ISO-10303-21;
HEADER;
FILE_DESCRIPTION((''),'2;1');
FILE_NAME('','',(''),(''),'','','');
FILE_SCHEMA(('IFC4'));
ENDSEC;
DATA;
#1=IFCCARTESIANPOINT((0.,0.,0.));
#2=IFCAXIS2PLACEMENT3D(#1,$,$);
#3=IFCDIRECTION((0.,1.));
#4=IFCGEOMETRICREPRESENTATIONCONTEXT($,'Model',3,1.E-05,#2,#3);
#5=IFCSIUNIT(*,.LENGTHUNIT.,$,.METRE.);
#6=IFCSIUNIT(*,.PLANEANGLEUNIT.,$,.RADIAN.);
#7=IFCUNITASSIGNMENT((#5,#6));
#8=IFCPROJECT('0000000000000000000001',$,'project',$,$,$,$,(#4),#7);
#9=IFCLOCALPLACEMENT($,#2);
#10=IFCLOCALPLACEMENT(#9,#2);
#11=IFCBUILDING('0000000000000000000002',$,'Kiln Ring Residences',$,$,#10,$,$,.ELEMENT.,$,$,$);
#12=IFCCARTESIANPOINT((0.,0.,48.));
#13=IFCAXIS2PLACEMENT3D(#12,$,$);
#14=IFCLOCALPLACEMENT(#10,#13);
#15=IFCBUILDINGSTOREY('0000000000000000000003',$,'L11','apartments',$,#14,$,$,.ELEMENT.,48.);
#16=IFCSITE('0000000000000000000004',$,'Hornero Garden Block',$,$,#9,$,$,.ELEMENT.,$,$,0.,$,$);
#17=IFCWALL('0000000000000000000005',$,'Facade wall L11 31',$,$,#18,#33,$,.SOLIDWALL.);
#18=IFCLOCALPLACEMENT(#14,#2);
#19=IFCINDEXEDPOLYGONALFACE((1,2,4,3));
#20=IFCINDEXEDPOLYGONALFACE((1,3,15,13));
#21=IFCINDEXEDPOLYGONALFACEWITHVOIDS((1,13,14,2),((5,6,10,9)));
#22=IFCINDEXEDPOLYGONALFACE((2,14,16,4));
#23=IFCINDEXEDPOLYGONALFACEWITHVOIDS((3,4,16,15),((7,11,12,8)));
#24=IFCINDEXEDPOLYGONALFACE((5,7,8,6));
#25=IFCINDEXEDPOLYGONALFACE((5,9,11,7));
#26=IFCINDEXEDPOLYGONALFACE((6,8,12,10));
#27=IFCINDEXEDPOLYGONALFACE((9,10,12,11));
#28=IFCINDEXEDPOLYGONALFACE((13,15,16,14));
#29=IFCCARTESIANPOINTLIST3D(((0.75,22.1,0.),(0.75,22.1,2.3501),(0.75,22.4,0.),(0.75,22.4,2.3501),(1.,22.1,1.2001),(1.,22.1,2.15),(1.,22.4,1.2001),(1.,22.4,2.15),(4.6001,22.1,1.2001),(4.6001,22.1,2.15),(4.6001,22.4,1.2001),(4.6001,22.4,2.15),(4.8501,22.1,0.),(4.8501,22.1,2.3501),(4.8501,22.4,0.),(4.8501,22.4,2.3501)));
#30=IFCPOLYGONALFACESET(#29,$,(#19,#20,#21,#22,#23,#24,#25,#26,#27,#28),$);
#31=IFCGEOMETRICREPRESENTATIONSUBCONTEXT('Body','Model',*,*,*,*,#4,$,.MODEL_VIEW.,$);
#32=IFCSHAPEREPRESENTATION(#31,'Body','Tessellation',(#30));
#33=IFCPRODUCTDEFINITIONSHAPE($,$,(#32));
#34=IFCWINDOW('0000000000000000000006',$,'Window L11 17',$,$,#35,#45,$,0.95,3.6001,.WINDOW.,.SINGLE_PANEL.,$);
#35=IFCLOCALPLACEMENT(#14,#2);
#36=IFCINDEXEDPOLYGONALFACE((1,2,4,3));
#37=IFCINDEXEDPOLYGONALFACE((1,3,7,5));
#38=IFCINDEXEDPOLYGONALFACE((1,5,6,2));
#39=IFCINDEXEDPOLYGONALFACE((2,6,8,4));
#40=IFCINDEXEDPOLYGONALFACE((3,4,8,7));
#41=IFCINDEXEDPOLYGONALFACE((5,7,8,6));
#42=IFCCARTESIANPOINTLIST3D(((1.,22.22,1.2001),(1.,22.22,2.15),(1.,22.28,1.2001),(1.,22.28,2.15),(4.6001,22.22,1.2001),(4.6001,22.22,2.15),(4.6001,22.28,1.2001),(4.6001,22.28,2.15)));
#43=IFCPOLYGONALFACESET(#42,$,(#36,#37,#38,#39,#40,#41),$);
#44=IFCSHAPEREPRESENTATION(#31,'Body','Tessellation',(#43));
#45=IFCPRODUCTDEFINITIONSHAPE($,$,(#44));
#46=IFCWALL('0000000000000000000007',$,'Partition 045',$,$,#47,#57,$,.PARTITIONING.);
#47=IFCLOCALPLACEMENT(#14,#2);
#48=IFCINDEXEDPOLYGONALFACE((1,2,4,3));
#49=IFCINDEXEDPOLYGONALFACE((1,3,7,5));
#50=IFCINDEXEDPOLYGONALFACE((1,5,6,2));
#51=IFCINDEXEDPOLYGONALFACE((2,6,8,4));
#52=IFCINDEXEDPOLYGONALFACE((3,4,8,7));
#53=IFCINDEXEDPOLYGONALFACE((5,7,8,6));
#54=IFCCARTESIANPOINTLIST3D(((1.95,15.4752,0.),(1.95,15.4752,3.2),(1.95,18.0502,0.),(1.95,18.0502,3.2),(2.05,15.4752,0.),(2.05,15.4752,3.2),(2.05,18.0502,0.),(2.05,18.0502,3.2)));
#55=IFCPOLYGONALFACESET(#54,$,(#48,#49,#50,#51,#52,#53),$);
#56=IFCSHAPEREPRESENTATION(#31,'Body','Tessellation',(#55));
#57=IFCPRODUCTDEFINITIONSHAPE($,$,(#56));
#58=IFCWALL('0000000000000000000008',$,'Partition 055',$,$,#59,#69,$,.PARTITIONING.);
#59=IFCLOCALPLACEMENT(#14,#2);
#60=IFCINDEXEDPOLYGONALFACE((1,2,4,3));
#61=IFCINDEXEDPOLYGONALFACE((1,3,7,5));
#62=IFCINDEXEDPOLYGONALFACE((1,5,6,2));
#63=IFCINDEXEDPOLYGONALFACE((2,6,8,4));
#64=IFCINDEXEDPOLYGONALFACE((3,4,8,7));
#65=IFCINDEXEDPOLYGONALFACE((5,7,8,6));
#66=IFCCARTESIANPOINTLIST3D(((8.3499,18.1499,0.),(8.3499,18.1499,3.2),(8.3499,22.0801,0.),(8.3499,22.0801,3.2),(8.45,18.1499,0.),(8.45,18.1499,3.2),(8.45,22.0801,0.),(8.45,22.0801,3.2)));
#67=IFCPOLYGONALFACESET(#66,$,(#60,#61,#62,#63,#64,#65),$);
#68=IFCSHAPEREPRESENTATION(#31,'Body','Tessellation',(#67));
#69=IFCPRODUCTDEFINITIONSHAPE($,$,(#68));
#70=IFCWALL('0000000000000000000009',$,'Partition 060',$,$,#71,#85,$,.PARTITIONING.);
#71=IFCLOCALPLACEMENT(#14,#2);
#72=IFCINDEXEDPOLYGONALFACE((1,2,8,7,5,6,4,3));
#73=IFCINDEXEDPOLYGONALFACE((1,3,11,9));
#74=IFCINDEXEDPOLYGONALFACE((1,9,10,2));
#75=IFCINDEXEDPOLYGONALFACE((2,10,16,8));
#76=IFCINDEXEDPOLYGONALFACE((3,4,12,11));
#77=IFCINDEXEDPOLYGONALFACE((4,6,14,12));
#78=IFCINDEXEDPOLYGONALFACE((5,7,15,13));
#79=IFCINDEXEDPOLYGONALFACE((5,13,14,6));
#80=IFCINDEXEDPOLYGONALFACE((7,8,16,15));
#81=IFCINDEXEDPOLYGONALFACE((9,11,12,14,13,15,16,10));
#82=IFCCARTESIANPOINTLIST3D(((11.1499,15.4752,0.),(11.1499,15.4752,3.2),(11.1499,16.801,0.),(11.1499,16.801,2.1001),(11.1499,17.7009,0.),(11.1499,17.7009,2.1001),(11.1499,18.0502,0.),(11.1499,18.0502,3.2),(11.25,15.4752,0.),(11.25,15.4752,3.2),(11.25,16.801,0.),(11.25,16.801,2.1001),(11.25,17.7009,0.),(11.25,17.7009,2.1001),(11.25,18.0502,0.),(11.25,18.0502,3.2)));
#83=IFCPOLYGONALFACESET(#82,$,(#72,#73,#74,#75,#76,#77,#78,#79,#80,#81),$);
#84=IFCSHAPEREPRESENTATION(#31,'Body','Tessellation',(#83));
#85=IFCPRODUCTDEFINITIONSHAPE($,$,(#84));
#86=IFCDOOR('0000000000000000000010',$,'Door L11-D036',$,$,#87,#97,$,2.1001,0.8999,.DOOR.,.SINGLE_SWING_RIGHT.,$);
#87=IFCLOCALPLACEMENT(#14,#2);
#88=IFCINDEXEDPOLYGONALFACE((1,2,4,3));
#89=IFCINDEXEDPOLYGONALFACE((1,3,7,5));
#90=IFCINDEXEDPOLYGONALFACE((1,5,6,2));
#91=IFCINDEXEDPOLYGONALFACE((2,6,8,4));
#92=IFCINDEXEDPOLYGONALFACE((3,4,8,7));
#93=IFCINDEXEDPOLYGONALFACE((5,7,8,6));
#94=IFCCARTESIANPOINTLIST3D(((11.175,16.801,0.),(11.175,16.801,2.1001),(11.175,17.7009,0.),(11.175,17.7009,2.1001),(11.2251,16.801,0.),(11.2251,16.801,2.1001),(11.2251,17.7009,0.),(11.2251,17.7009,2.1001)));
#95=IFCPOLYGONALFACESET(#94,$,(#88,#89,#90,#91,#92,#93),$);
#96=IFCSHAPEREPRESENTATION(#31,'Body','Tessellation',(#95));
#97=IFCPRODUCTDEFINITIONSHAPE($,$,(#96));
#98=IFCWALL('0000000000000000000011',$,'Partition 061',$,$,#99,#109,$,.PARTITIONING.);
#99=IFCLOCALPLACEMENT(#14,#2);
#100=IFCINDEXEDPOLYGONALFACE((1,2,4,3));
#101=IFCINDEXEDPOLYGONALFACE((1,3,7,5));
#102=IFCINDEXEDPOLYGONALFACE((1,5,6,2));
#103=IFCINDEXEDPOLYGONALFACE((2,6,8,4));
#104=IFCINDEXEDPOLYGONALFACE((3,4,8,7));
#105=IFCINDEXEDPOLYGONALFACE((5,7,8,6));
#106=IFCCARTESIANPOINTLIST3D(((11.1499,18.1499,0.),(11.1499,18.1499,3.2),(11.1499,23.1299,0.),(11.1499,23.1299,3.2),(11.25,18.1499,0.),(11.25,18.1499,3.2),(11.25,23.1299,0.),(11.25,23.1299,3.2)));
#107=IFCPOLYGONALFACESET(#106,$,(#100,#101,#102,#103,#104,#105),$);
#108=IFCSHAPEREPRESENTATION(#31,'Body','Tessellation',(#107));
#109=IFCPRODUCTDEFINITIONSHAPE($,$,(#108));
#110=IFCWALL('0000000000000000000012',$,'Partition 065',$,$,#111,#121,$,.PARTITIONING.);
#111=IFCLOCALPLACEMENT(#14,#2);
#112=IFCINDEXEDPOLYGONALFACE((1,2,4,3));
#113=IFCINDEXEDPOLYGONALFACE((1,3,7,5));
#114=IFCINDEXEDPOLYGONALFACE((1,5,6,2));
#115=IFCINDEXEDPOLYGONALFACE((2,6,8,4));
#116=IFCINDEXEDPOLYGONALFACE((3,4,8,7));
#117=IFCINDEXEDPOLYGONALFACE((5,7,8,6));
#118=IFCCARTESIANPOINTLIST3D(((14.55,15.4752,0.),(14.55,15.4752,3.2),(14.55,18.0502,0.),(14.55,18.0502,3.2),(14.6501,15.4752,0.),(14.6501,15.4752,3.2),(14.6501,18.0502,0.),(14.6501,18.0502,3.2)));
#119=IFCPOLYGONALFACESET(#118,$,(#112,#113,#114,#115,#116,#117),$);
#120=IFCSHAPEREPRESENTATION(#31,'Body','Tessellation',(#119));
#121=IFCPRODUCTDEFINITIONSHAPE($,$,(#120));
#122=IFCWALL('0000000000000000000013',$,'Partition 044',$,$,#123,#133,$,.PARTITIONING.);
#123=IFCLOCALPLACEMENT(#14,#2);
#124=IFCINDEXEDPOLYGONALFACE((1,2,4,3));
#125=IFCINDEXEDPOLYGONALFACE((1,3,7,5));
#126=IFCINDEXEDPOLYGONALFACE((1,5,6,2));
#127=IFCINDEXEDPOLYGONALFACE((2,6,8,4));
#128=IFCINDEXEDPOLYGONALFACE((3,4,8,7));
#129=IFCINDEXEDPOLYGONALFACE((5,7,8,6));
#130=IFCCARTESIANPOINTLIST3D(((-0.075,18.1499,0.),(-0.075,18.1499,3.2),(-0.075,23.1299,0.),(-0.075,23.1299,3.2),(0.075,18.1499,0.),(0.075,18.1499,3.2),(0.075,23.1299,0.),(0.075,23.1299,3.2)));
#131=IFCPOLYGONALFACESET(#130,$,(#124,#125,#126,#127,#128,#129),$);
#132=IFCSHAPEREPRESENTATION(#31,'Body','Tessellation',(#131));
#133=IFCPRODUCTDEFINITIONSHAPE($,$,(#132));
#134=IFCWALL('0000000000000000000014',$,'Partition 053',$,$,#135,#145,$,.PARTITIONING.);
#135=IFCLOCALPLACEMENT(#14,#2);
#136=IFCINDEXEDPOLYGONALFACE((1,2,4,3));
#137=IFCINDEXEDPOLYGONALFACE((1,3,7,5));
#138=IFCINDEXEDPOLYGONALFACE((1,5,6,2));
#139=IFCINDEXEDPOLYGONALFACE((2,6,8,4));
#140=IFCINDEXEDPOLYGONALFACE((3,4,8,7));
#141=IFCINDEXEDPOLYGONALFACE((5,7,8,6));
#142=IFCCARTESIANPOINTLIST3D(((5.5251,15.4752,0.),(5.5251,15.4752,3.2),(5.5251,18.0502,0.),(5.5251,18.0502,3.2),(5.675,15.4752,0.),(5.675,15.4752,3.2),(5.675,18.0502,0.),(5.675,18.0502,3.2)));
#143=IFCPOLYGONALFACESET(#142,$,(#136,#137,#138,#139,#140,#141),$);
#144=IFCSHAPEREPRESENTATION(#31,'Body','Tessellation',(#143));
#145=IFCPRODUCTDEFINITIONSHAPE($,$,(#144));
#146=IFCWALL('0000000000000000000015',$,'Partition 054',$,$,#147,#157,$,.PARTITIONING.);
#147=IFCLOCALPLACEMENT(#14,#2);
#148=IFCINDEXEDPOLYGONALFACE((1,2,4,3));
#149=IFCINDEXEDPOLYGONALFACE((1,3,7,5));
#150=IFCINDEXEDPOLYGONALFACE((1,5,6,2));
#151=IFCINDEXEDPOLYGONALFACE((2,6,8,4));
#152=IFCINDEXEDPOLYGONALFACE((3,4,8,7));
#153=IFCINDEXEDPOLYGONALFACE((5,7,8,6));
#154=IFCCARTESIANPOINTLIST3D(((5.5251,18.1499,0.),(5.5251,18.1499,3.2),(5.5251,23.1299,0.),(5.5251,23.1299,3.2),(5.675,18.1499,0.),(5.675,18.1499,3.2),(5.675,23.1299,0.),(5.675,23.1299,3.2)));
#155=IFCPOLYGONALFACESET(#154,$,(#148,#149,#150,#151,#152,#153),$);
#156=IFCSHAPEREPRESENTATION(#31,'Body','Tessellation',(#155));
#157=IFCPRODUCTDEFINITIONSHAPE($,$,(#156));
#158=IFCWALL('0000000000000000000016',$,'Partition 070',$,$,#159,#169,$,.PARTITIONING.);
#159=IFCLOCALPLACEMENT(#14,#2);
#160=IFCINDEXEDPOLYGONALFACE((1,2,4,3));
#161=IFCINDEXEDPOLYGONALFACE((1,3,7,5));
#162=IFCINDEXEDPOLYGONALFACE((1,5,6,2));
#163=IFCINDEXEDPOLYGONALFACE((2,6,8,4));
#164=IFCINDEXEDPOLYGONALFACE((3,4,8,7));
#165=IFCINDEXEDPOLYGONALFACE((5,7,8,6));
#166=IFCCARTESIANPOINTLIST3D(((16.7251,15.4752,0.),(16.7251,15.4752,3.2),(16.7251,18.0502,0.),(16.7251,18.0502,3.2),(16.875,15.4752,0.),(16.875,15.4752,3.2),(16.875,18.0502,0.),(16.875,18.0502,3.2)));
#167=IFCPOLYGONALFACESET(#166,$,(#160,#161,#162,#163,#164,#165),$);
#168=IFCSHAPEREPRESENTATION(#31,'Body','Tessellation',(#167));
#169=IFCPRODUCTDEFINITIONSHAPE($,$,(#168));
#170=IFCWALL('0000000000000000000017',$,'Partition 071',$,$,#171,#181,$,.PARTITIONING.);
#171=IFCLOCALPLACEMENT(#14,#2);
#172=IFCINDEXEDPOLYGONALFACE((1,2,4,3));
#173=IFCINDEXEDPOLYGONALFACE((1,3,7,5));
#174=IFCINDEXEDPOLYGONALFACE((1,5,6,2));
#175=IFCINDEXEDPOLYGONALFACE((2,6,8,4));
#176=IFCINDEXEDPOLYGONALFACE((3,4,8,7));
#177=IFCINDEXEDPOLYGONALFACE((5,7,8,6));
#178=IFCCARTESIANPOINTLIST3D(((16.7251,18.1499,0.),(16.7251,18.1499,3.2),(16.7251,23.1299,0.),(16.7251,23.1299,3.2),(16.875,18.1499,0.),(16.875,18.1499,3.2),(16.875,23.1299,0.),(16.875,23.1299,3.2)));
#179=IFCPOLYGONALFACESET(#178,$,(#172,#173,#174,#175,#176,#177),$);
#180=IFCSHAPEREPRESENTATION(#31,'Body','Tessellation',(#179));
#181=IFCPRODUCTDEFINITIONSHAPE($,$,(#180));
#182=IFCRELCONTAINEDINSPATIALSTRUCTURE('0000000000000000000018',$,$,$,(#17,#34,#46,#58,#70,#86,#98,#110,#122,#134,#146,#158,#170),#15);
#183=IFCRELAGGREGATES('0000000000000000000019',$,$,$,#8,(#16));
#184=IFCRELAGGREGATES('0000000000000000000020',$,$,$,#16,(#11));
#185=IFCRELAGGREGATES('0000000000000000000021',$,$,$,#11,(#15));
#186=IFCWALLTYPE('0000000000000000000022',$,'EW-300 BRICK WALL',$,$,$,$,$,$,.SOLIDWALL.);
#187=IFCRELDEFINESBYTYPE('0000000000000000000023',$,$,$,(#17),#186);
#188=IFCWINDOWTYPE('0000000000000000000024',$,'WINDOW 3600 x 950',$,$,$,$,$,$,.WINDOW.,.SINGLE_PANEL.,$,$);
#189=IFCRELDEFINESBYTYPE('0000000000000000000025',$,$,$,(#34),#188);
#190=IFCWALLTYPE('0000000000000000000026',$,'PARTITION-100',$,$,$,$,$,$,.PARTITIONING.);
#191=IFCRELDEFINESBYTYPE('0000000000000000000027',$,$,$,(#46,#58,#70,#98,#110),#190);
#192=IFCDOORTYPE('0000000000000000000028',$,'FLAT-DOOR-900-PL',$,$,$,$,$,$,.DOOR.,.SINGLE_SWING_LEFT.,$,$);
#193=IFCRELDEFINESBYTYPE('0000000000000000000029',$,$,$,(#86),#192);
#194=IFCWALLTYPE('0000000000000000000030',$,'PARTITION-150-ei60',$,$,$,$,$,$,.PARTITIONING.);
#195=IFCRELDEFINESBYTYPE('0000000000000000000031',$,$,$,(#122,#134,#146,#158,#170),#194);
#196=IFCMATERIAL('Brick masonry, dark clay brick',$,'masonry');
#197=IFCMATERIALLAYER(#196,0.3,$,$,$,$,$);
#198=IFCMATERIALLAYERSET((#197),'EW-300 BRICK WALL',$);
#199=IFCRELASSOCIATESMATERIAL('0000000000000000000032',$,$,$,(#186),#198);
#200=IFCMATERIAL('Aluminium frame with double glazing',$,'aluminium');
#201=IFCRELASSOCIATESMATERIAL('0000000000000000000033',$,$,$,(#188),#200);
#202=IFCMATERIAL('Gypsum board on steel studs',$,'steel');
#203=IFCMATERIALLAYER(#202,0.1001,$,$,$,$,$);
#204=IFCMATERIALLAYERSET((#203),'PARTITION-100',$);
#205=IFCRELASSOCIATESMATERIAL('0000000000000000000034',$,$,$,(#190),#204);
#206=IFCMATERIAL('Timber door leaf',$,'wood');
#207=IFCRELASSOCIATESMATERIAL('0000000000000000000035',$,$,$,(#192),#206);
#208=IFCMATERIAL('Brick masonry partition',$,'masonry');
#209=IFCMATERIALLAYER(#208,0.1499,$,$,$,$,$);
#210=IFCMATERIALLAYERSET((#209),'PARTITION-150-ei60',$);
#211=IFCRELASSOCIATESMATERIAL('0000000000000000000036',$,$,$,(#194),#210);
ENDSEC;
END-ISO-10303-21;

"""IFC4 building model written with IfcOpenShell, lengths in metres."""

from ifc_helpers import new_model, si_unit, direction, frame, frame_2d, origin, place, context, subcontext, project, spatial, rectangle, extrude, material, layer, layer_set, type_object, element, fill, save


model = new_model("IFC4")

# Units and contexts
model_context = context("Model", 3, precision=1e-05, world=origin(), true_north=direction((0.0, 1.0)))
body_context = subcontext(model_context, "Body", "Model", "MODEL_VIEW")
ifc_project = project(units=[si_unit("LENGTHUNIT", "METRE"), si_unit("PLANEANGLEUNIT", "RADIAN")], contexts=[model_context])

# Site, building, storey
site_placement = place(None, origin())
site = spatial("IfcSite", under=ifc_project, at=site_placement, Name="Hornero Garden Block", CompositionType="ELEMENT", RefElevation=0.0)
building_placement = place(site_placement, origin())
building = spatial("IfcBuilding", under=site, at=building_placement, Name="Kiln Ring Residences", CompositionType="ELEMENT")
storey_placement = place(building_placement, frame((0.0, 0.0, 48.0)))
storey = spatial("IfcBuildingStorey", under=building, at=storey_placement, Name="L11", Description="apartments", CompositionType="ELEMENT", Elevation=48.0)

# Shared definitions
ifc_material_1 = material(Name="Brick masonry, dark clay brick", Category="masonry")
ifc_layer_1 = layer(ifc_material_1, 0.3)
ifc_layer_set_1 = layer_set([ifc_layer_1], Name="EW-300 BRICK WALL")
wall_type_1 = type_object("IfcWallType", Name="EW-300 BRICK WALL", PredefinedType="SOLIDWALL", material=ifc_layer_set_1)
ifc_material_2 = material(Name="Aluminium frame with double glazing", Category="aluminium")
window_type_1 = type_object("IfcWindowType", Name="WINDOW 3600 x 950", PartitioningType="SINGLE_PANEL", PredefinedType="WINDOW", material=ifc_material_2)

# Wall, opening, window
wall_1_placement = place(storey_placement, frame((4.8501, 22.25, 0.0), z_axis=(0.0, 0.0, 1.0), x_axis=(-1.0, 0.0, 0.0)))
wall_1 = element("IfcWall", 1, at=wall_1_placement, inside=storey, type_object=wall_type_1, Name="Facade wall L11 31", PredefinedType="SOLIDWALL", context=body_context, shape_type="SweptSolid", body=[
    extrude(rectangle(XDim=4.1001, YDim=0.3, at=frame_2d((2.05, 0.0))), origin(), (0.0, 0.0, 1.0), 2.3501),
])
opening_1_placement = place(wall_1_placement, frame((0.25, 0.0, 1.2)))
opening_1 = element("IfcOpeningElement", 2, at=opening_1_placement, cuts=wall_1, PredefinedType="OPENING", context=body_context, shape_type="SweptSolid", body=[
    extrude(rectangle(XDim=3.6001, YDim=0.95, at=frame_2d((1.8, 0.4751))), frame((0.0, 0.1599, 0.0), z_axis=(0.0, -1.0, 0.0), x_axis=(1.0, 0.0, 0.0)), (0.0, 0.0, 1.0), 0.3201),
])
window_1_placement = place(opening_1_placement, origin())
window_1 = element("IfcWindow", 3, at=window_1_placement, inside=storey, type_object=window_type_1, Name="Window L11 17", OverallHeight=0.95, OverallWidth=3.6001, PartitioningType="SINGLE_PANEL", PredefinedType="WINDOW", context=body_context, shape_type="SweptSolid", body=[
    extrude(rectangle(XDim=3.6001, YDim=0.95, at=frame_2d((1.8, 0.4751))), frame((0.0, 0.03, 0.0), z_axis=(0.0, -1.0, 0.0), x_axis=(1.0, 0.0, 0.0)), (0.0, 0.0, 1.0), 0.0601),
])
fill(opening_1, window_1)

# Walls
ifc_material_3 = material(Name="Gypsum board on steel studs", Category="steel")
ifc_layer_2 = layer(ifc_material_3, 0.1001)
ifc_layer_set_2 = layer_set([ifc_layer_2], Name="PARTITION-100")
wall_type_2 = type_object("IfcWallType", Name="PARTITION-100", PredefinedType="PARTITIONING", material=ifc_layer_set_2)
wall_2_placement = place(storey_placement, frame((2.0, 15.4751, 0.0), z_axis=(0.0, 0.0, 1.0), x_axis=(0.0, 1.0, 0.0)))
element("IfcWall", 4, at=wall_2_placement, inside=storey, type_object=wall_type_2, Name="Partition 045", PredefinedType="PARTITIONING", context=body_context, shape_type="SweptSolid", body=[
    extrude(rectangle(XDim=2.575, YDim=0.1001, at=frame_2d((1.2876, 0.0))), origin(), (0.0, 0.0, 1.0), 3.2),
])
wall_3_placement = place(storey_placement, frame((8.3999, 18.1499, 0.0), z_axis=(0.0, 0.0, 1.0), x_axis=(0.0, 1.0, 0.0)))
element("IfcWall", 5, at=wall_3_placement, inside=storey, type_object=wall_type_2, Name="Partition 055", PredefinedType="PARTITIONING", context=body_context, shape_type="SweptSolid", body=[
    extrude(rectangle(XDim=3.9302, YDim=0.1001, at=frame_2d((1.9651, 0.0))), origin(), (0.0, 0.0, 1.0), 3.2),
])

# Wall, opening, door
wall_4_placement = place(storey_placement, frame((11.2, 15.4751, 0.0), z_axis=(0.0, 0.0, 1.0), x_axis=(0.0, 1.0, 0.0)))
wall_4 = element("IfcWall", 6, at=wall_4_placement, inside=storey, type_object=wall_type_2, Name="Partition 060", PredefinedType="PARTITIONING", context=body_context, shape_type="SweptSolid", body=[
    extrude(rectangle(XDim=2.575, YDim=0.1001, at=frame_2d((1.2876, 0.0))), origin(), (0.0, 0.0, 1.0), 3.2),
])
opening_2_placement = place(wall_4_placement, frame((1.3259, 0.0, 0.0)))
opening_2 = element("IfcOpeningElement", 7, at=opening_2_placement, cuts=wall_4, PredefinedType="OPENING", context=body_context, shape_type="SweptSolid", body=[
    extrude(rectangle(XDim=0.8999, YDim=2.1001, at=frame_2d((0.45, 1.05))), frame((0.0, 0.0601, 0.0), z_axis=(0.0, -1.0, 0.0), x_axis=(1.0, 0.0, 0.0)), (0.0, 0.0, 1.0), 0.1201),
])
ifc_material_4 = material(Name="Timber door leaf", Category="wood")
door_type = type_object("IfcDoorType", Name="FLAT-DOOR-900-PL", OperationType="SINGLE_SWING_LEFT", PredefinedType="DOOR", material=ifc_material_4)
door_placement = place(opening_2_placement, origin())
door = element("IfcDoor", 8, at=door_placement, inside=storey, type_object=door_type, Name="Door L11-D036", OperationType="SINGLE_SWING_RIGHT", OverallHeight=2.1001, OverallWidth=0.8999, PredefinedType="DOOR", context=body_context, shape_type="SweptSolid", body=[
    extrude(rectangle(XDim=0.8999, YDim=2.1001, at=frame_2d((0.45, 1.05))), frame((0.0, 0.0249, 0.0), z_axis=(0.0, -1.0, 0.0), x_axis=(1.0, 0.0, 0.0)), (0.0, 0.0, 1.0), 0.05),
])
fill(opening_2, door)

# Walls
wall_5_placement = place(storey_placement, frame((11.2, 18.1499, 0.0), z_axis=(0.0, 0.0, 1.0), x_axis=(0.0, 1.0, 0.0)))
element("IfcWall", 9, at=wall_5_placement, inside=storey, type_object=wall_type_2, Name="Partition 061", PredefinedType="PARTITIONING", context=body_context, shape_type="SweptSolid", body=[
    extrude(rectangle(XDim=4.98, YDim=0.1001, at=frame_2d((2.49, 0.0))), origin(), (0.0, 0.0, 1.0), 3.2),
])
wall_6_placement = place(storey_placement, frame((14.6001, 15.4751, 0.0), z_axis=(0.0, 0.0, 1.0), x_axis=(0.0, 1.0, 0.0)))
element("IfcWall", 10, at=wall_6_placement, inside=storey, type_object=wall_type_2, Name="Partition 065", PredefinedType="PARTITIONING", context=body_context, shape_type="SweptSolid", body=[
    extrude(rectangle(XDim=2.575, YDim=0.1001, at=frame_2d((1.2876, 0.0))), origin(), (0.0, 0.0, 1.0), 3.2),
])
ifc_material_5 = material(Name="Brick masonry partition", Category="masonry")
ifc_layer_3 = layer(ifc_material_5, 0.1499)
ifc_layer_set_3 = layer_set([ifc_layer_3], Name="PARTITION-150-ei60")
wall_type_3 = type_object("IfcWallType", Name="PARTITION-150-ei60", PredefinedType="PARTITIONING", material=ifc_layer_set_3)
wall_7_placement = place(storey_placement, frame((0.0, 18.1499, 0.0), z_axis=(0.0, 0.0, 1.0), x_axis=(0.0, 1.0, 0.0)))
element("IfcWall", 11, at=wall_7_placement, inside=storey, type_object=wall_type_3, Name="Partition 044", PredefinedType="PARTITIONING", context=body_context, shape_type="SweptSolid", body=[
    extrude(rectangle(XDim=4.98, YDim=0.1499, at=frame_2d((2.49, 0.0))), origin(), (0.0, 0.0, 1.0), 3.2),
])
wall_8_placement = place(storey_placement, frame((5.6001, 15.4751, 0.0), z_axis=(0.0, 0.0, 1.0), x_axis=(0.0, 1.0, 0.0)))
element("IfcWall", 12, at=wall_8_placement, inside=storey, type_object=wall_type_3, Name="Partition 053", PredefinedType="PARTITIONING", context=body_context, shape_type="SweptSolid", body=[
    extrude(rectangle(XDim=2.575, YDim=0.1499, at=frame_2d((1.2876, 0.0))), origin(), (0.0, 0.0, 1.0), 3.2),
])
wall_9_placement = place(storey_placement, frame((5.6001, 18.1499, 0.0), z_axis=(0.0, 0.0, 1.0), x_axis=(0.0, 1.0, 0.0)))
element("IfcWall", 13, at=wall_9_placement, inside=storey, type_object=wall_type_3, Name="Partition 054", PredefinedType="PARTITIONING", context=body_context, shape_type="SweptSolid", body=[
    extrude(rectangle(XDim=4.98, YDim=0.1499, at=frame_2d((2.49, 0.0))), origin(), (0.0, 0.0, 1.0), 3.2),
])
wall_10_placement = place(storey_placement, frame((16.8, 15.4751, 0.0), z_axis=(0.0, 0.0, 1.0), x_axis=(0.0, 1.0, 0.0)))
element("IfcWall", 14, at=wall_10_placement, inside=storey, type_object=wall_type_3, Name="Partition 070", PredefinedType="PARTITIONING", context=body_context, shape_type="SweptSolid", body=[
    extrude(rectangle(XDim=2.575, YDim=0.1499, at=frame_2d((1.2876, 0.0))), origin(), (0.0, 0.0, 1.0), 3.2),
])
wall_11_placement = place(storey_placement, frame((16.8, 18.1499, 0.0), z_axis=(0.0, 0.0, 1.0), x_axis=(0.0, 1.0, 0.0)))
element("IfcWall", 15, at=wall_11_placement, inside=storey, type_object=wall_type_3, Name="Partition 071", PredefinedType="PARTITIONING", context=body_context, shape_type="SweptSolid", body=[
    extrude(rectangle(XDim=4.98, YDim=0.1499, at=frame_2d((2.49, 0.0))), origin(), (0.0, 0.0, 1.0), 3.2),
])

save(model, "model.ifc")
